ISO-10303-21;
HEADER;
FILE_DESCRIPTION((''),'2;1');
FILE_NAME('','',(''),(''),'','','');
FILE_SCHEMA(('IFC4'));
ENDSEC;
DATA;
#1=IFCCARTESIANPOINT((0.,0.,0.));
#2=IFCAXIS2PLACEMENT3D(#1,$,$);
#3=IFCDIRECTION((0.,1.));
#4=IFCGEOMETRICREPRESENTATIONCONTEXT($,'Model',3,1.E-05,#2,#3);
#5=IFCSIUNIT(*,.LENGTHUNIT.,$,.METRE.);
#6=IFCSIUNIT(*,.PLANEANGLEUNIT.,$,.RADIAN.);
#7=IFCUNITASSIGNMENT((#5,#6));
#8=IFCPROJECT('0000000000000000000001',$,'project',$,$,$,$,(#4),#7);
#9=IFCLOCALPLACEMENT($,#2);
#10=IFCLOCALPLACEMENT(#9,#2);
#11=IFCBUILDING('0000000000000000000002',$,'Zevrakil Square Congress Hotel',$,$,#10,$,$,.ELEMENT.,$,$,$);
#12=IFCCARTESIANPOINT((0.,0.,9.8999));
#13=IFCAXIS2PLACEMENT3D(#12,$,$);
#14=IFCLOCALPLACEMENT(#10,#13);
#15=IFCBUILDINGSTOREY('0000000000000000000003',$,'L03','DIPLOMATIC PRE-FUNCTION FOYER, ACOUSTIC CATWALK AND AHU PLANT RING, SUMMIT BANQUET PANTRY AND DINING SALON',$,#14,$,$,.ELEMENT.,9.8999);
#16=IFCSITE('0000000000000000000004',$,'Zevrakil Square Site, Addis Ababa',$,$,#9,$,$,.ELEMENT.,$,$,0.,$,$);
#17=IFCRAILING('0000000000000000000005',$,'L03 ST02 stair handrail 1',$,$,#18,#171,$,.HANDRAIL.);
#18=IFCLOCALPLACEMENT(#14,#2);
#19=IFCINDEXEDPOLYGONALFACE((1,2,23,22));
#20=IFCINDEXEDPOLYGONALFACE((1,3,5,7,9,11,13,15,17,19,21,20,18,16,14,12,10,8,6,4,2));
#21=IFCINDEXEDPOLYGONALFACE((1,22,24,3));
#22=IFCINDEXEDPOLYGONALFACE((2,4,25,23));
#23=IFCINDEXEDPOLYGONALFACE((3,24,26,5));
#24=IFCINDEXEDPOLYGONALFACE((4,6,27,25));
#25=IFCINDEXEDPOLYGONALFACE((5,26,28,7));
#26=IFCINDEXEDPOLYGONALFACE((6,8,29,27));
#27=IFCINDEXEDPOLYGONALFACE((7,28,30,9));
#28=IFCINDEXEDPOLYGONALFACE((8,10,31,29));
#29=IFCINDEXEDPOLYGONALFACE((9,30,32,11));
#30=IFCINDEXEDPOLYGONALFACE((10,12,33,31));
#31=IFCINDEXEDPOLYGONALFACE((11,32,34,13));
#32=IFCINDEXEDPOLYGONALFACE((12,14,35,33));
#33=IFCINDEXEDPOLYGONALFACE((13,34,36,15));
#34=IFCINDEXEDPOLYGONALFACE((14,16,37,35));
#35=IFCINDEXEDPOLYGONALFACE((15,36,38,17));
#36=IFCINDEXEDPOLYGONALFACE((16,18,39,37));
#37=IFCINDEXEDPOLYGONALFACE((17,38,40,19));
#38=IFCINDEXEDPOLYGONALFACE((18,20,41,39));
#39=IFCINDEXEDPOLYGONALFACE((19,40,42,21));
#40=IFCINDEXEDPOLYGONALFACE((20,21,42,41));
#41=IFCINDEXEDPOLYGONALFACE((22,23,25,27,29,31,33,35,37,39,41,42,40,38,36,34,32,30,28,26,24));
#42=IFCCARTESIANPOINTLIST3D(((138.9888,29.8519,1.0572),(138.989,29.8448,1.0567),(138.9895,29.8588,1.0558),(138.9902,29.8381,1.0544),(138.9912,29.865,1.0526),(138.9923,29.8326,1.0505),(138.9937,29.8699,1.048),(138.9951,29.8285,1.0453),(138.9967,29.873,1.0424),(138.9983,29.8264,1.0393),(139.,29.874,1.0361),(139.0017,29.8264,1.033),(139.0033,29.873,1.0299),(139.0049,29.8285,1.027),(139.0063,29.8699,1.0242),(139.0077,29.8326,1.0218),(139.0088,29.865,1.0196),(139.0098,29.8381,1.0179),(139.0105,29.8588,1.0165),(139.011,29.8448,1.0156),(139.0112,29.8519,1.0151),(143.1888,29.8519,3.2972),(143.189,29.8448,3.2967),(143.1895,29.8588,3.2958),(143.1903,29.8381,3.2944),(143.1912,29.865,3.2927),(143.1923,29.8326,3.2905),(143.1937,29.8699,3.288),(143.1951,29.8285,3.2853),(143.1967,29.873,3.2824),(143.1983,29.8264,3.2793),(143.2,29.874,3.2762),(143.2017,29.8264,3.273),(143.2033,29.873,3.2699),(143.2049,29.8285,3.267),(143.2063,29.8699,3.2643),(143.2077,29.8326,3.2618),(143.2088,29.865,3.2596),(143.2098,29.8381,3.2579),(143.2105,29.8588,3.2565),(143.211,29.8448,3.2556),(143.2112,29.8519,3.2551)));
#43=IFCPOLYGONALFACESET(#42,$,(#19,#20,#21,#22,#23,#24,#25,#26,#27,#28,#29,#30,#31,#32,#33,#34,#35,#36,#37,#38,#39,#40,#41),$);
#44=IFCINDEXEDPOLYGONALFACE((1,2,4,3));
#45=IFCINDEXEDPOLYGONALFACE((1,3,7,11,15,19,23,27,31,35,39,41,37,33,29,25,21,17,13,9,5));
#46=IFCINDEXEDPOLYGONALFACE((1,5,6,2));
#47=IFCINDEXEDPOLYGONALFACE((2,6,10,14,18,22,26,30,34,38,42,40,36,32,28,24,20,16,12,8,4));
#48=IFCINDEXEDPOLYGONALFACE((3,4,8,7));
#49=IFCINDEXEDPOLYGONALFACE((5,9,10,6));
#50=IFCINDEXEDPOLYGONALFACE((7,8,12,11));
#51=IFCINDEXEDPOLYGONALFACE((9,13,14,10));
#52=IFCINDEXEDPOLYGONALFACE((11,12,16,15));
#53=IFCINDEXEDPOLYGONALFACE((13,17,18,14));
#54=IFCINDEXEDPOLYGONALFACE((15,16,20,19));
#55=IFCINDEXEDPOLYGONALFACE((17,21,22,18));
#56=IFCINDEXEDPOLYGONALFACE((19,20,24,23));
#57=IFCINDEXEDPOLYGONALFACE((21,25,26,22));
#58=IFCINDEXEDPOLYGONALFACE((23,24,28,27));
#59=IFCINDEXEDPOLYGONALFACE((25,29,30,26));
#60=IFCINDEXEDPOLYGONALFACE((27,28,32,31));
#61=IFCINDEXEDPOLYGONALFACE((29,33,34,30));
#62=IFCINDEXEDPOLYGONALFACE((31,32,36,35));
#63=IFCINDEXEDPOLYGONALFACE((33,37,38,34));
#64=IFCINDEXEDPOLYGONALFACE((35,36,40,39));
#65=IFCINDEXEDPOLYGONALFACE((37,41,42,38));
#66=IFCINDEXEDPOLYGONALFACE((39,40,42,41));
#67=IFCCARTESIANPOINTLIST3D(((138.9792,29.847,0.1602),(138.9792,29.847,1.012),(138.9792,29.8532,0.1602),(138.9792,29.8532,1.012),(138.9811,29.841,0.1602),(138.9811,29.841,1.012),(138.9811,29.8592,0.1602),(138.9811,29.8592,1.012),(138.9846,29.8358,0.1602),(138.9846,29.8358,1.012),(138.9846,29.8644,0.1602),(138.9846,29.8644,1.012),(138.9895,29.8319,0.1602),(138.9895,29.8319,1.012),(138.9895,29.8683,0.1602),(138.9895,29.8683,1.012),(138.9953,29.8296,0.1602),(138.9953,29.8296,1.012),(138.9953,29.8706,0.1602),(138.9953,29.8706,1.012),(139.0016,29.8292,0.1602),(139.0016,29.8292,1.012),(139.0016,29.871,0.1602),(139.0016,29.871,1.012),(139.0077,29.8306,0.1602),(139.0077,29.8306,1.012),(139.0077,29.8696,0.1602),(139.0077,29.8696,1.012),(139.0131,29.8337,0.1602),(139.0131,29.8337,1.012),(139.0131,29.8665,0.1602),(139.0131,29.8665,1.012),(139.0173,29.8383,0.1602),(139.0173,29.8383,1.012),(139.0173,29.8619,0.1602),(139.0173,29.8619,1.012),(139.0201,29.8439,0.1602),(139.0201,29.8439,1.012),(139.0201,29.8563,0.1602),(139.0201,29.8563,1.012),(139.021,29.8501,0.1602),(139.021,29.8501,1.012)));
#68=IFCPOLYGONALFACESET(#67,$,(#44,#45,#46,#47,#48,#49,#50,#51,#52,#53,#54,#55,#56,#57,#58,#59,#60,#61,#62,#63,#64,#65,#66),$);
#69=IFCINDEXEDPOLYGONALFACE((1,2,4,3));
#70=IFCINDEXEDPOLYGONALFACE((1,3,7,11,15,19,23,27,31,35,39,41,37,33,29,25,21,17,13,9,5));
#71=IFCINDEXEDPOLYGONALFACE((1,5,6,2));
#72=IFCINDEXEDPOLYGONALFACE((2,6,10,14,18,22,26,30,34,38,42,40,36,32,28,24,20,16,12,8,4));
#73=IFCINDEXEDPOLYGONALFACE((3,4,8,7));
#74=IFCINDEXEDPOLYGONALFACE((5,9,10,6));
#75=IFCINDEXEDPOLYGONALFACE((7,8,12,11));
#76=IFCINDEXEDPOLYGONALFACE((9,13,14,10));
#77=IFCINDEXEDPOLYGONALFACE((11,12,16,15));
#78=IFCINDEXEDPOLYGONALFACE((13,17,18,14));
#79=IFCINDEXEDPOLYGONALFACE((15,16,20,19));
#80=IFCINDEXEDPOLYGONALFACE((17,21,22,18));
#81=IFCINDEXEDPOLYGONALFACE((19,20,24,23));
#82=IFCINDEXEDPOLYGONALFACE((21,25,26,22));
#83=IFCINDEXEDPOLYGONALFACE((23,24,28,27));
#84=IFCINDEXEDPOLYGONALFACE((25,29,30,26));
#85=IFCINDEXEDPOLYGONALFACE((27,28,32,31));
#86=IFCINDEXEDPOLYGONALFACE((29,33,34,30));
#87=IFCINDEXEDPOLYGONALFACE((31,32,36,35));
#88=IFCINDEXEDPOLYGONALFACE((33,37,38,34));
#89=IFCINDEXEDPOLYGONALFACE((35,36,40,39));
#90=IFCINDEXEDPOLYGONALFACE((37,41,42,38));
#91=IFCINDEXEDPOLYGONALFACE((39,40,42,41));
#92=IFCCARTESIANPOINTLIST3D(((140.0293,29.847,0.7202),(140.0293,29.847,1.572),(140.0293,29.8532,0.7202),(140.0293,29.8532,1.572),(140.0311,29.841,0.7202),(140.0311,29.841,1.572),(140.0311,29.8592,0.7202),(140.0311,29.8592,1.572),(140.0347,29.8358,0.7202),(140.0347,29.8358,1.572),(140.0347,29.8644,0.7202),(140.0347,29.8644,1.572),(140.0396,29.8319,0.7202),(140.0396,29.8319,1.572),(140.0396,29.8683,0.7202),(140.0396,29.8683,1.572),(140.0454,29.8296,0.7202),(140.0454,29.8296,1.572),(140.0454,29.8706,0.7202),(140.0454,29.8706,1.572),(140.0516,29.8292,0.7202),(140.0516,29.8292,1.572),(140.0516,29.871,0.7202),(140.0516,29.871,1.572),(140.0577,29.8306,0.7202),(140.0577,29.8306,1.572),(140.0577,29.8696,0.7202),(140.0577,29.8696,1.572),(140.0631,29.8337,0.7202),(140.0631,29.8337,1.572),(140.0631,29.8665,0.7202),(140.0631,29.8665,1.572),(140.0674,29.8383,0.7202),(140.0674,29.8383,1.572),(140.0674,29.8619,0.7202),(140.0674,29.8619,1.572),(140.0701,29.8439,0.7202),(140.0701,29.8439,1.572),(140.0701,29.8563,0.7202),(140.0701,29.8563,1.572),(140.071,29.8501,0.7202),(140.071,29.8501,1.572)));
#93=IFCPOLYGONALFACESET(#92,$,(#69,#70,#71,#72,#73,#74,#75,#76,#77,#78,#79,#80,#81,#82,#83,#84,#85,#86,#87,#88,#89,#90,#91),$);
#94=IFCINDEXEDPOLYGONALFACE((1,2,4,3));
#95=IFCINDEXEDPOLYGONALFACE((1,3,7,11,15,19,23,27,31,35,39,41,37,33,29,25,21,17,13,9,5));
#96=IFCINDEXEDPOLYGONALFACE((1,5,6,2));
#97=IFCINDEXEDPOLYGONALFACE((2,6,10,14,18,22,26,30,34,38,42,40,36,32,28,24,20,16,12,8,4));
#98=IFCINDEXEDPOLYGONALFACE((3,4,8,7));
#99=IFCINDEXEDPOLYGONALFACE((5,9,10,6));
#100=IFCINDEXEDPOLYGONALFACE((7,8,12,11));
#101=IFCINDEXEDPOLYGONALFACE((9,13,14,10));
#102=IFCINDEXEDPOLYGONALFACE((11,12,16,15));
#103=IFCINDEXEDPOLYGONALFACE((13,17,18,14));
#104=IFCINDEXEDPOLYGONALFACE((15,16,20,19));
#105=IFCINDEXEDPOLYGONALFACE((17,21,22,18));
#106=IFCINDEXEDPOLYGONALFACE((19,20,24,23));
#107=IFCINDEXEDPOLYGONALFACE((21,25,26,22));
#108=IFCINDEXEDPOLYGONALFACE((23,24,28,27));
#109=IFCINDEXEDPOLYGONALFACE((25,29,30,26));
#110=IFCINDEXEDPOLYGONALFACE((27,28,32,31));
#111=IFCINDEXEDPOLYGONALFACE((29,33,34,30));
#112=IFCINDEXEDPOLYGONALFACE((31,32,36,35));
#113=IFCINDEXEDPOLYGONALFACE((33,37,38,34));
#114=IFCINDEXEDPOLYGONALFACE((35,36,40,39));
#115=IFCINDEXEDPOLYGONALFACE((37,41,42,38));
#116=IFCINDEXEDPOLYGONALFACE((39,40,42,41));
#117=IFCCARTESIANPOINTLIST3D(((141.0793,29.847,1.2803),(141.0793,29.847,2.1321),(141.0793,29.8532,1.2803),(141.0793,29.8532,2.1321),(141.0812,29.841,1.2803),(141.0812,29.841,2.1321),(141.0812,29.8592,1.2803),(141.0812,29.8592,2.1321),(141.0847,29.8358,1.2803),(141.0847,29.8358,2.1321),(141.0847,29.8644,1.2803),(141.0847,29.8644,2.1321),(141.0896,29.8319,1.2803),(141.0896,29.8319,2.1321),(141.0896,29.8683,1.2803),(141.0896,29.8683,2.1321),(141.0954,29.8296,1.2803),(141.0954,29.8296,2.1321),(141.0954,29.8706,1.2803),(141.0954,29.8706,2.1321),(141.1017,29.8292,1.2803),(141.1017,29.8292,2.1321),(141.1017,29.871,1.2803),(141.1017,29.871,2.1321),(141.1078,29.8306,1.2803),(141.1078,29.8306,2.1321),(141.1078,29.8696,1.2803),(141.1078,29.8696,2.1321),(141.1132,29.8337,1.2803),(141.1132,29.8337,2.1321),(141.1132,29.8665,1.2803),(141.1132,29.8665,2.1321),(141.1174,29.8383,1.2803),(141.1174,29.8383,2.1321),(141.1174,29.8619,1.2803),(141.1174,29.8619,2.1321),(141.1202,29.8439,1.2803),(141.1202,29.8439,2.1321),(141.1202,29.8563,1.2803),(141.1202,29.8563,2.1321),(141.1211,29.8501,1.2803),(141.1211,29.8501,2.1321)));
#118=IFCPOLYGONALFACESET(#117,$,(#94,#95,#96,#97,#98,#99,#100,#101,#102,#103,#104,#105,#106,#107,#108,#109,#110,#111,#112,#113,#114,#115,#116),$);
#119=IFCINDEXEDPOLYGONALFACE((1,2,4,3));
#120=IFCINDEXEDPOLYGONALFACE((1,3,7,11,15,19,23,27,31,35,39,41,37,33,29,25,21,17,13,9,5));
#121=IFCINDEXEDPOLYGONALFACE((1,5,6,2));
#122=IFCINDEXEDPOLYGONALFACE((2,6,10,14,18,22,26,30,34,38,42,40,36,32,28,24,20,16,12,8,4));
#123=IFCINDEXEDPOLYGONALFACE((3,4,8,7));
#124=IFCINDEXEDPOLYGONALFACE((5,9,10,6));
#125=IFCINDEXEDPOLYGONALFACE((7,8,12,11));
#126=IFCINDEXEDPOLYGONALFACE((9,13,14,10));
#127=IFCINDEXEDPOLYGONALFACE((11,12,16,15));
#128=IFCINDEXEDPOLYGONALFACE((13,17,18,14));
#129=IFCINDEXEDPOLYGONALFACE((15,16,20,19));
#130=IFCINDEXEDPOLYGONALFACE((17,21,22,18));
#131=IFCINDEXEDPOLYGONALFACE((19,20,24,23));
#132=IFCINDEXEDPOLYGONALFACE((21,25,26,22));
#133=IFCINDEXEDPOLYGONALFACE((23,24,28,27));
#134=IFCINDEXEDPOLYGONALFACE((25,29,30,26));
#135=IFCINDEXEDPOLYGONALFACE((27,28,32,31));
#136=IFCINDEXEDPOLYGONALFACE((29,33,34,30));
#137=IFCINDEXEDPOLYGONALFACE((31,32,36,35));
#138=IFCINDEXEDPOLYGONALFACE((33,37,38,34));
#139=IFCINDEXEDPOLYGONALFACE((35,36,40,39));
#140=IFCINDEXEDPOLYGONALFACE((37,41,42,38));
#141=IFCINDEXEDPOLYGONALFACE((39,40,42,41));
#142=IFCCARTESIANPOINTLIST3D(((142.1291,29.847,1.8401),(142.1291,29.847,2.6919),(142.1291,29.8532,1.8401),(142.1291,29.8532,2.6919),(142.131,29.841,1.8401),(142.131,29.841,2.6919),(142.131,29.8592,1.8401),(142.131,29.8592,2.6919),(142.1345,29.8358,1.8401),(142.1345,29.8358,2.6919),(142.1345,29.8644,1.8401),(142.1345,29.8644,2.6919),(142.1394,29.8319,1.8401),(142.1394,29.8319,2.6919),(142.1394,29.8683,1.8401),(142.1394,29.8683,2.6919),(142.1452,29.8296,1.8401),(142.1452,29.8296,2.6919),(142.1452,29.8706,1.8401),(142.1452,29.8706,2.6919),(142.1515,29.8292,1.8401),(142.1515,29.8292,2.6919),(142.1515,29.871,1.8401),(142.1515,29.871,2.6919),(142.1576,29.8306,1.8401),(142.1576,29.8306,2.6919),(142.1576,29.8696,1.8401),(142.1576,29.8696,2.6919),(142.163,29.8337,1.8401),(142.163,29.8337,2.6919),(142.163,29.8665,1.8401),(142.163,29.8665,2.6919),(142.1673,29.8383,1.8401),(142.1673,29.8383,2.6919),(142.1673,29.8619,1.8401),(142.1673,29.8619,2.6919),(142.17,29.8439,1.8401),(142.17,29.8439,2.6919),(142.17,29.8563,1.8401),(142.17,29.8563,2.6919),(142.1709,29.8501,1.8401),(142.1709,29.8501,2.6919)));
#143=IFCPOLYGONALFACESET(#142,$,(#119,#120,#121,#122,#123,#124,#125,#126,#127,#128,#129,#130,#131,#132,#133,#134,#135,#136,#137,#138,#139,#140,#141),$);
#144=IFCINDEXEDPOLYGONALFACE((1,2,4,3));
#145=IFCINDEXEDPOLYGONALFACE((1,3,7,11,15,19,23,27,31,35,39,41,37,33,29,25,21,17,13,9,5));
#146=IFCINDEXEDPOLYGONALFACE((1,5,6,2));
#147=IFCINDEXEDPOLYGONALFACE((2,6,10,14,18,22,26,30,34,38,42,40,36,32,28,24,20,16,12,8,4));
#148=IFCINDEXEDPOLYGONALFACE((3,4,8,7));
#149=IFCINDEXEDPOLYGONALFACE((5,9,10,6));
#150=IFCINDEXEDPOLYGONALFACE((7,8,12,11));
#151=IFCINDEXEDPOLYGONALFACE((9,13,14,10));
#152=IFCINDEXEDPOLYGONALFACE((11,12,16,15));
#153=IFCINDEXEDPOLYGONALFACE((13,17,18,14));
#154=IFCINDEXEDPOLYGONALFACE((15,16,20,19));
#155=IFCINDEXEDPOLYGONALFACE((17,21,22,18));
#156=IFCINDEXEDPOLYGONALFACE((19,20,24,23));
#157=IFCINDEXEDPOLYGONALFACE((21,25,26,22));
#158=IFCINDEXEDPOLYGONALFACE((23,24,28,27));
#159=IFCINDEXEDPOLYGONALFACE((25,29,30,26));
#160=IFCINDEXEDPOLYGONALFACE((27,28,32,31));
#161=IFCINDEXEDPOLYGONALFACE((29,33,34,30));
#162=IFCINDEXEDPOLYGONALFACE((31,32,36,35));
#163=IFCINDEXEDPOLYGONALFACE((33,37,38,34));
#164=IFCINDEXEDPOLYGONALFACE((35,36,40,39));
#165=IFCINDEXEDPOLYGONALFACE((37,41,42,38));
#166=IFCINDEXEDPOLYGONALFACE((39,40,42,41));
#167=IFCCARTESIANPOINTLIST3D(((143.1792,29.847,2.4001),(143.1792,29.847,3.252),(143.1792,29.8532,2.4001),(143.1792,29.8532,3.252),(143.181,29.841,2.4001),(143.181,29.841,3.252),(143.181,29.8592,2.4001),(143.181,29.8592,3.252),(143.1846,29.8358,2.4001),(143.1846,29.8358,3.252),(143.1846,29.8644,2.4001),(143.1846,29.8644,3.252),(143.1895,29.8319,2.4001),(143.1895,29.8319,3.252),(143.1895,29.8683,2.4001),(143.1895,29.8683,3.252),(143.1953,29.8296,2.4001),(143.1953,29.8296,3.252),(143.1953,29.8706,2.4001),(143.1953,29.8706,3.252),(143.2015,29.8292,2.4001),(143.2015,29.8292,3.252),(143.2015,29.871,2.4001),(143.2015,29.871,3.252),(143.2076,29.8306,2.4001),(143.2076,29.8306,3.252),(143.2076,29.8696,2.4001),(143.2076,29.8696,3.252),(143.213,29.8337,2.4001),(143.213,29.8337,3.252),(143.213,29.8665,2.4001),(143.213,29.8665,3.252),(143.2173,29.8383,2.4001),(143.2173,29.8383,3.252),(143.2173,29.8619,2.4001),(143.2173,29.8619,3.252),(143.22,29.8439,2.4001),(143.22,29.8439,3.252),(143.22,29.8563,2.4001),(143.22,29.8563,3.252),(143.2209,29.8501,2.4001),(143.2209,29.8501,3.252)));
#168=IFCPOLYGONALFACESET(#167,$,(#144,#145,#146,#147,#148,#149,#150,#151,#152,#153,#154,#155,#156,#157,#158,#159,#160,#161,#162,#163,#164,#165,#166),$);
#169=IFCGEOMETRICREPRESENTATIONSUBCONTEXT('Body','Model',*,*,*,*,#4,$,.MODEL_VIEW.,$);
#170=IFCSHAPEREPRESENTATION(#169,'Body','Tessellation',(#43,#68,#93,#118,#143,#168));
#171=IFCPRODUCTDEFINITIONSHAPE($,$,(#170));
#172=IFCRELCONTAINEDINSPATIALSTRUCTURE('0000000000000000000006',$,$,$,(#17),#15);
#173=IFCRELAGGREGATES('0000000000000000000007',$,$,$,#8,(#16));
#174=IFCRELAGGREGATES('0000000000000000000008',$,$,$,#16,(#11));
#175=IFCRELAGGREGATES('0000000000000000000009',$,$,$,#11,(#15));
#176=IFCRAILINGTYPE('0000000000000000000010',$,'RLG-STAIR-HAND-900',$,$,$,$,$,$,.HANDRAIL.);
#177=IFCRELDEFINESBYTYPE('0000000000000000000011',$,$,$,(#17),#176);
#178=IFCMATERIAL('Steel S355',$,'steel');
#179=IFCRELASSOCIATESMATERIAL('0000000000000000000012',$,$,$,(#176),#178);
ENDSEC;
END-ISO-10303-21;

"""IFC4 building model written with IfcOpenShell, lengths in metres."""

from ifc_helpers import new_model, si_unit, direction, frame, origin, origin_2d, place, context, subcontext, project, spatial, circle, extrude, material, type_object, element, save


model = new_model("IFC4")

# Units and contexts
model_context = context("Model", 3, precision=1e-05, world=origin(), true_north=direction((0.0, 1.0)))
body_context = subcontext(model_context, "Body", "Model", "MODEL_VIEW")
ifc_project = project(units=[si_unit("LENGTHUNIT", "METRE"), si_unit("PLANEANGLEUNIT", "RADIAN")], contexts=[model_context])

# Site, building, storey
site_placement = place(None, origin())
site = spatial("IfcSite", under=ifc_project, at=site_placement, Name="Zevrakil Square Site, Addis Ababa", CompositionType="ELEMENT", RefElevation=0.0)
building_placement = place(site_placement, origin())
building = spatial("IfcBuilding", under=site, at=building_placement, Name="Zevrakil Square Congress Hotel", CompositionType="ELEMENT")
storey_placement = place(building_placement, frame((0.0, 0.0, 9.8999)))
storey = spatial("IfcBuildingStorey", under=building, at=storey_placement, Name="L03", Description="DIPLOMATIC PRE-FUNCTION FOYER, ACOUSTIC CATWALK AND AHU PLANT RING, SUMMIT BANQUET PANTRY AND DINING SALON", CompositionType="ELEMENT", Elevation=9.8999)

# Railing
ifc_material_1 = material(Name="Steel S355", Category="steel")
railing_type_1 = type_object("IfcRailingType", Name="RLG-STAIR-HAND-900", PredefinedType="HANDRAIL", material=ifc_material_1)
railing_1_placement = place(storey_placement, frame((139.0, 29.8501, 0.1602)))
element("IfcRailing", 1, at=railing_1_placement, inside=storey, type_object=railing_type_1, Name="L03 ST02 stair handrail 1", PredefinedType="HANDRAIL", context=body_context, shape_type="SweptSolid", body=[
    extrude(circle(Radius=0.0239, at=origin_2d()), frame((0.0, 0.0, 0.876), z_axis=(0.882352, 0.0, 0.470591), x_axis=(0.0, 1.0, 0.0)), (0.0, 0.0, 1.0), 4.76),
    extrude(circle(Radius=0.021, at=origin_2d()), origin(), (0.0, 0.0, 1.0), 0.8518),
    extrude(circle(Radius=0.021, at=origin_2d()), frame((1.05, 0.0, 0.5601)), (0.0, 0.0, 1.0), 0.8518),
    extrude(circle(Radius=0.021, at=origin_2d()), frame((2.1001, 0.0, 1.1201)), (0.0, 0.0, 1.0), 0.8518),
    extrude(circle(Radius=0.021, at=origin_2d()), frame((3.1499, 0.0, 1.6799)), (0.0, 0.0, 1.0), 0.8518),
    extrude(circle(Radius=0.021, at=origin_2d()), frame((4.2, 0.0, 2.24)), (0.0, 0.0, 1.0), 0.8518),
])

save(model, "model.ifc")
